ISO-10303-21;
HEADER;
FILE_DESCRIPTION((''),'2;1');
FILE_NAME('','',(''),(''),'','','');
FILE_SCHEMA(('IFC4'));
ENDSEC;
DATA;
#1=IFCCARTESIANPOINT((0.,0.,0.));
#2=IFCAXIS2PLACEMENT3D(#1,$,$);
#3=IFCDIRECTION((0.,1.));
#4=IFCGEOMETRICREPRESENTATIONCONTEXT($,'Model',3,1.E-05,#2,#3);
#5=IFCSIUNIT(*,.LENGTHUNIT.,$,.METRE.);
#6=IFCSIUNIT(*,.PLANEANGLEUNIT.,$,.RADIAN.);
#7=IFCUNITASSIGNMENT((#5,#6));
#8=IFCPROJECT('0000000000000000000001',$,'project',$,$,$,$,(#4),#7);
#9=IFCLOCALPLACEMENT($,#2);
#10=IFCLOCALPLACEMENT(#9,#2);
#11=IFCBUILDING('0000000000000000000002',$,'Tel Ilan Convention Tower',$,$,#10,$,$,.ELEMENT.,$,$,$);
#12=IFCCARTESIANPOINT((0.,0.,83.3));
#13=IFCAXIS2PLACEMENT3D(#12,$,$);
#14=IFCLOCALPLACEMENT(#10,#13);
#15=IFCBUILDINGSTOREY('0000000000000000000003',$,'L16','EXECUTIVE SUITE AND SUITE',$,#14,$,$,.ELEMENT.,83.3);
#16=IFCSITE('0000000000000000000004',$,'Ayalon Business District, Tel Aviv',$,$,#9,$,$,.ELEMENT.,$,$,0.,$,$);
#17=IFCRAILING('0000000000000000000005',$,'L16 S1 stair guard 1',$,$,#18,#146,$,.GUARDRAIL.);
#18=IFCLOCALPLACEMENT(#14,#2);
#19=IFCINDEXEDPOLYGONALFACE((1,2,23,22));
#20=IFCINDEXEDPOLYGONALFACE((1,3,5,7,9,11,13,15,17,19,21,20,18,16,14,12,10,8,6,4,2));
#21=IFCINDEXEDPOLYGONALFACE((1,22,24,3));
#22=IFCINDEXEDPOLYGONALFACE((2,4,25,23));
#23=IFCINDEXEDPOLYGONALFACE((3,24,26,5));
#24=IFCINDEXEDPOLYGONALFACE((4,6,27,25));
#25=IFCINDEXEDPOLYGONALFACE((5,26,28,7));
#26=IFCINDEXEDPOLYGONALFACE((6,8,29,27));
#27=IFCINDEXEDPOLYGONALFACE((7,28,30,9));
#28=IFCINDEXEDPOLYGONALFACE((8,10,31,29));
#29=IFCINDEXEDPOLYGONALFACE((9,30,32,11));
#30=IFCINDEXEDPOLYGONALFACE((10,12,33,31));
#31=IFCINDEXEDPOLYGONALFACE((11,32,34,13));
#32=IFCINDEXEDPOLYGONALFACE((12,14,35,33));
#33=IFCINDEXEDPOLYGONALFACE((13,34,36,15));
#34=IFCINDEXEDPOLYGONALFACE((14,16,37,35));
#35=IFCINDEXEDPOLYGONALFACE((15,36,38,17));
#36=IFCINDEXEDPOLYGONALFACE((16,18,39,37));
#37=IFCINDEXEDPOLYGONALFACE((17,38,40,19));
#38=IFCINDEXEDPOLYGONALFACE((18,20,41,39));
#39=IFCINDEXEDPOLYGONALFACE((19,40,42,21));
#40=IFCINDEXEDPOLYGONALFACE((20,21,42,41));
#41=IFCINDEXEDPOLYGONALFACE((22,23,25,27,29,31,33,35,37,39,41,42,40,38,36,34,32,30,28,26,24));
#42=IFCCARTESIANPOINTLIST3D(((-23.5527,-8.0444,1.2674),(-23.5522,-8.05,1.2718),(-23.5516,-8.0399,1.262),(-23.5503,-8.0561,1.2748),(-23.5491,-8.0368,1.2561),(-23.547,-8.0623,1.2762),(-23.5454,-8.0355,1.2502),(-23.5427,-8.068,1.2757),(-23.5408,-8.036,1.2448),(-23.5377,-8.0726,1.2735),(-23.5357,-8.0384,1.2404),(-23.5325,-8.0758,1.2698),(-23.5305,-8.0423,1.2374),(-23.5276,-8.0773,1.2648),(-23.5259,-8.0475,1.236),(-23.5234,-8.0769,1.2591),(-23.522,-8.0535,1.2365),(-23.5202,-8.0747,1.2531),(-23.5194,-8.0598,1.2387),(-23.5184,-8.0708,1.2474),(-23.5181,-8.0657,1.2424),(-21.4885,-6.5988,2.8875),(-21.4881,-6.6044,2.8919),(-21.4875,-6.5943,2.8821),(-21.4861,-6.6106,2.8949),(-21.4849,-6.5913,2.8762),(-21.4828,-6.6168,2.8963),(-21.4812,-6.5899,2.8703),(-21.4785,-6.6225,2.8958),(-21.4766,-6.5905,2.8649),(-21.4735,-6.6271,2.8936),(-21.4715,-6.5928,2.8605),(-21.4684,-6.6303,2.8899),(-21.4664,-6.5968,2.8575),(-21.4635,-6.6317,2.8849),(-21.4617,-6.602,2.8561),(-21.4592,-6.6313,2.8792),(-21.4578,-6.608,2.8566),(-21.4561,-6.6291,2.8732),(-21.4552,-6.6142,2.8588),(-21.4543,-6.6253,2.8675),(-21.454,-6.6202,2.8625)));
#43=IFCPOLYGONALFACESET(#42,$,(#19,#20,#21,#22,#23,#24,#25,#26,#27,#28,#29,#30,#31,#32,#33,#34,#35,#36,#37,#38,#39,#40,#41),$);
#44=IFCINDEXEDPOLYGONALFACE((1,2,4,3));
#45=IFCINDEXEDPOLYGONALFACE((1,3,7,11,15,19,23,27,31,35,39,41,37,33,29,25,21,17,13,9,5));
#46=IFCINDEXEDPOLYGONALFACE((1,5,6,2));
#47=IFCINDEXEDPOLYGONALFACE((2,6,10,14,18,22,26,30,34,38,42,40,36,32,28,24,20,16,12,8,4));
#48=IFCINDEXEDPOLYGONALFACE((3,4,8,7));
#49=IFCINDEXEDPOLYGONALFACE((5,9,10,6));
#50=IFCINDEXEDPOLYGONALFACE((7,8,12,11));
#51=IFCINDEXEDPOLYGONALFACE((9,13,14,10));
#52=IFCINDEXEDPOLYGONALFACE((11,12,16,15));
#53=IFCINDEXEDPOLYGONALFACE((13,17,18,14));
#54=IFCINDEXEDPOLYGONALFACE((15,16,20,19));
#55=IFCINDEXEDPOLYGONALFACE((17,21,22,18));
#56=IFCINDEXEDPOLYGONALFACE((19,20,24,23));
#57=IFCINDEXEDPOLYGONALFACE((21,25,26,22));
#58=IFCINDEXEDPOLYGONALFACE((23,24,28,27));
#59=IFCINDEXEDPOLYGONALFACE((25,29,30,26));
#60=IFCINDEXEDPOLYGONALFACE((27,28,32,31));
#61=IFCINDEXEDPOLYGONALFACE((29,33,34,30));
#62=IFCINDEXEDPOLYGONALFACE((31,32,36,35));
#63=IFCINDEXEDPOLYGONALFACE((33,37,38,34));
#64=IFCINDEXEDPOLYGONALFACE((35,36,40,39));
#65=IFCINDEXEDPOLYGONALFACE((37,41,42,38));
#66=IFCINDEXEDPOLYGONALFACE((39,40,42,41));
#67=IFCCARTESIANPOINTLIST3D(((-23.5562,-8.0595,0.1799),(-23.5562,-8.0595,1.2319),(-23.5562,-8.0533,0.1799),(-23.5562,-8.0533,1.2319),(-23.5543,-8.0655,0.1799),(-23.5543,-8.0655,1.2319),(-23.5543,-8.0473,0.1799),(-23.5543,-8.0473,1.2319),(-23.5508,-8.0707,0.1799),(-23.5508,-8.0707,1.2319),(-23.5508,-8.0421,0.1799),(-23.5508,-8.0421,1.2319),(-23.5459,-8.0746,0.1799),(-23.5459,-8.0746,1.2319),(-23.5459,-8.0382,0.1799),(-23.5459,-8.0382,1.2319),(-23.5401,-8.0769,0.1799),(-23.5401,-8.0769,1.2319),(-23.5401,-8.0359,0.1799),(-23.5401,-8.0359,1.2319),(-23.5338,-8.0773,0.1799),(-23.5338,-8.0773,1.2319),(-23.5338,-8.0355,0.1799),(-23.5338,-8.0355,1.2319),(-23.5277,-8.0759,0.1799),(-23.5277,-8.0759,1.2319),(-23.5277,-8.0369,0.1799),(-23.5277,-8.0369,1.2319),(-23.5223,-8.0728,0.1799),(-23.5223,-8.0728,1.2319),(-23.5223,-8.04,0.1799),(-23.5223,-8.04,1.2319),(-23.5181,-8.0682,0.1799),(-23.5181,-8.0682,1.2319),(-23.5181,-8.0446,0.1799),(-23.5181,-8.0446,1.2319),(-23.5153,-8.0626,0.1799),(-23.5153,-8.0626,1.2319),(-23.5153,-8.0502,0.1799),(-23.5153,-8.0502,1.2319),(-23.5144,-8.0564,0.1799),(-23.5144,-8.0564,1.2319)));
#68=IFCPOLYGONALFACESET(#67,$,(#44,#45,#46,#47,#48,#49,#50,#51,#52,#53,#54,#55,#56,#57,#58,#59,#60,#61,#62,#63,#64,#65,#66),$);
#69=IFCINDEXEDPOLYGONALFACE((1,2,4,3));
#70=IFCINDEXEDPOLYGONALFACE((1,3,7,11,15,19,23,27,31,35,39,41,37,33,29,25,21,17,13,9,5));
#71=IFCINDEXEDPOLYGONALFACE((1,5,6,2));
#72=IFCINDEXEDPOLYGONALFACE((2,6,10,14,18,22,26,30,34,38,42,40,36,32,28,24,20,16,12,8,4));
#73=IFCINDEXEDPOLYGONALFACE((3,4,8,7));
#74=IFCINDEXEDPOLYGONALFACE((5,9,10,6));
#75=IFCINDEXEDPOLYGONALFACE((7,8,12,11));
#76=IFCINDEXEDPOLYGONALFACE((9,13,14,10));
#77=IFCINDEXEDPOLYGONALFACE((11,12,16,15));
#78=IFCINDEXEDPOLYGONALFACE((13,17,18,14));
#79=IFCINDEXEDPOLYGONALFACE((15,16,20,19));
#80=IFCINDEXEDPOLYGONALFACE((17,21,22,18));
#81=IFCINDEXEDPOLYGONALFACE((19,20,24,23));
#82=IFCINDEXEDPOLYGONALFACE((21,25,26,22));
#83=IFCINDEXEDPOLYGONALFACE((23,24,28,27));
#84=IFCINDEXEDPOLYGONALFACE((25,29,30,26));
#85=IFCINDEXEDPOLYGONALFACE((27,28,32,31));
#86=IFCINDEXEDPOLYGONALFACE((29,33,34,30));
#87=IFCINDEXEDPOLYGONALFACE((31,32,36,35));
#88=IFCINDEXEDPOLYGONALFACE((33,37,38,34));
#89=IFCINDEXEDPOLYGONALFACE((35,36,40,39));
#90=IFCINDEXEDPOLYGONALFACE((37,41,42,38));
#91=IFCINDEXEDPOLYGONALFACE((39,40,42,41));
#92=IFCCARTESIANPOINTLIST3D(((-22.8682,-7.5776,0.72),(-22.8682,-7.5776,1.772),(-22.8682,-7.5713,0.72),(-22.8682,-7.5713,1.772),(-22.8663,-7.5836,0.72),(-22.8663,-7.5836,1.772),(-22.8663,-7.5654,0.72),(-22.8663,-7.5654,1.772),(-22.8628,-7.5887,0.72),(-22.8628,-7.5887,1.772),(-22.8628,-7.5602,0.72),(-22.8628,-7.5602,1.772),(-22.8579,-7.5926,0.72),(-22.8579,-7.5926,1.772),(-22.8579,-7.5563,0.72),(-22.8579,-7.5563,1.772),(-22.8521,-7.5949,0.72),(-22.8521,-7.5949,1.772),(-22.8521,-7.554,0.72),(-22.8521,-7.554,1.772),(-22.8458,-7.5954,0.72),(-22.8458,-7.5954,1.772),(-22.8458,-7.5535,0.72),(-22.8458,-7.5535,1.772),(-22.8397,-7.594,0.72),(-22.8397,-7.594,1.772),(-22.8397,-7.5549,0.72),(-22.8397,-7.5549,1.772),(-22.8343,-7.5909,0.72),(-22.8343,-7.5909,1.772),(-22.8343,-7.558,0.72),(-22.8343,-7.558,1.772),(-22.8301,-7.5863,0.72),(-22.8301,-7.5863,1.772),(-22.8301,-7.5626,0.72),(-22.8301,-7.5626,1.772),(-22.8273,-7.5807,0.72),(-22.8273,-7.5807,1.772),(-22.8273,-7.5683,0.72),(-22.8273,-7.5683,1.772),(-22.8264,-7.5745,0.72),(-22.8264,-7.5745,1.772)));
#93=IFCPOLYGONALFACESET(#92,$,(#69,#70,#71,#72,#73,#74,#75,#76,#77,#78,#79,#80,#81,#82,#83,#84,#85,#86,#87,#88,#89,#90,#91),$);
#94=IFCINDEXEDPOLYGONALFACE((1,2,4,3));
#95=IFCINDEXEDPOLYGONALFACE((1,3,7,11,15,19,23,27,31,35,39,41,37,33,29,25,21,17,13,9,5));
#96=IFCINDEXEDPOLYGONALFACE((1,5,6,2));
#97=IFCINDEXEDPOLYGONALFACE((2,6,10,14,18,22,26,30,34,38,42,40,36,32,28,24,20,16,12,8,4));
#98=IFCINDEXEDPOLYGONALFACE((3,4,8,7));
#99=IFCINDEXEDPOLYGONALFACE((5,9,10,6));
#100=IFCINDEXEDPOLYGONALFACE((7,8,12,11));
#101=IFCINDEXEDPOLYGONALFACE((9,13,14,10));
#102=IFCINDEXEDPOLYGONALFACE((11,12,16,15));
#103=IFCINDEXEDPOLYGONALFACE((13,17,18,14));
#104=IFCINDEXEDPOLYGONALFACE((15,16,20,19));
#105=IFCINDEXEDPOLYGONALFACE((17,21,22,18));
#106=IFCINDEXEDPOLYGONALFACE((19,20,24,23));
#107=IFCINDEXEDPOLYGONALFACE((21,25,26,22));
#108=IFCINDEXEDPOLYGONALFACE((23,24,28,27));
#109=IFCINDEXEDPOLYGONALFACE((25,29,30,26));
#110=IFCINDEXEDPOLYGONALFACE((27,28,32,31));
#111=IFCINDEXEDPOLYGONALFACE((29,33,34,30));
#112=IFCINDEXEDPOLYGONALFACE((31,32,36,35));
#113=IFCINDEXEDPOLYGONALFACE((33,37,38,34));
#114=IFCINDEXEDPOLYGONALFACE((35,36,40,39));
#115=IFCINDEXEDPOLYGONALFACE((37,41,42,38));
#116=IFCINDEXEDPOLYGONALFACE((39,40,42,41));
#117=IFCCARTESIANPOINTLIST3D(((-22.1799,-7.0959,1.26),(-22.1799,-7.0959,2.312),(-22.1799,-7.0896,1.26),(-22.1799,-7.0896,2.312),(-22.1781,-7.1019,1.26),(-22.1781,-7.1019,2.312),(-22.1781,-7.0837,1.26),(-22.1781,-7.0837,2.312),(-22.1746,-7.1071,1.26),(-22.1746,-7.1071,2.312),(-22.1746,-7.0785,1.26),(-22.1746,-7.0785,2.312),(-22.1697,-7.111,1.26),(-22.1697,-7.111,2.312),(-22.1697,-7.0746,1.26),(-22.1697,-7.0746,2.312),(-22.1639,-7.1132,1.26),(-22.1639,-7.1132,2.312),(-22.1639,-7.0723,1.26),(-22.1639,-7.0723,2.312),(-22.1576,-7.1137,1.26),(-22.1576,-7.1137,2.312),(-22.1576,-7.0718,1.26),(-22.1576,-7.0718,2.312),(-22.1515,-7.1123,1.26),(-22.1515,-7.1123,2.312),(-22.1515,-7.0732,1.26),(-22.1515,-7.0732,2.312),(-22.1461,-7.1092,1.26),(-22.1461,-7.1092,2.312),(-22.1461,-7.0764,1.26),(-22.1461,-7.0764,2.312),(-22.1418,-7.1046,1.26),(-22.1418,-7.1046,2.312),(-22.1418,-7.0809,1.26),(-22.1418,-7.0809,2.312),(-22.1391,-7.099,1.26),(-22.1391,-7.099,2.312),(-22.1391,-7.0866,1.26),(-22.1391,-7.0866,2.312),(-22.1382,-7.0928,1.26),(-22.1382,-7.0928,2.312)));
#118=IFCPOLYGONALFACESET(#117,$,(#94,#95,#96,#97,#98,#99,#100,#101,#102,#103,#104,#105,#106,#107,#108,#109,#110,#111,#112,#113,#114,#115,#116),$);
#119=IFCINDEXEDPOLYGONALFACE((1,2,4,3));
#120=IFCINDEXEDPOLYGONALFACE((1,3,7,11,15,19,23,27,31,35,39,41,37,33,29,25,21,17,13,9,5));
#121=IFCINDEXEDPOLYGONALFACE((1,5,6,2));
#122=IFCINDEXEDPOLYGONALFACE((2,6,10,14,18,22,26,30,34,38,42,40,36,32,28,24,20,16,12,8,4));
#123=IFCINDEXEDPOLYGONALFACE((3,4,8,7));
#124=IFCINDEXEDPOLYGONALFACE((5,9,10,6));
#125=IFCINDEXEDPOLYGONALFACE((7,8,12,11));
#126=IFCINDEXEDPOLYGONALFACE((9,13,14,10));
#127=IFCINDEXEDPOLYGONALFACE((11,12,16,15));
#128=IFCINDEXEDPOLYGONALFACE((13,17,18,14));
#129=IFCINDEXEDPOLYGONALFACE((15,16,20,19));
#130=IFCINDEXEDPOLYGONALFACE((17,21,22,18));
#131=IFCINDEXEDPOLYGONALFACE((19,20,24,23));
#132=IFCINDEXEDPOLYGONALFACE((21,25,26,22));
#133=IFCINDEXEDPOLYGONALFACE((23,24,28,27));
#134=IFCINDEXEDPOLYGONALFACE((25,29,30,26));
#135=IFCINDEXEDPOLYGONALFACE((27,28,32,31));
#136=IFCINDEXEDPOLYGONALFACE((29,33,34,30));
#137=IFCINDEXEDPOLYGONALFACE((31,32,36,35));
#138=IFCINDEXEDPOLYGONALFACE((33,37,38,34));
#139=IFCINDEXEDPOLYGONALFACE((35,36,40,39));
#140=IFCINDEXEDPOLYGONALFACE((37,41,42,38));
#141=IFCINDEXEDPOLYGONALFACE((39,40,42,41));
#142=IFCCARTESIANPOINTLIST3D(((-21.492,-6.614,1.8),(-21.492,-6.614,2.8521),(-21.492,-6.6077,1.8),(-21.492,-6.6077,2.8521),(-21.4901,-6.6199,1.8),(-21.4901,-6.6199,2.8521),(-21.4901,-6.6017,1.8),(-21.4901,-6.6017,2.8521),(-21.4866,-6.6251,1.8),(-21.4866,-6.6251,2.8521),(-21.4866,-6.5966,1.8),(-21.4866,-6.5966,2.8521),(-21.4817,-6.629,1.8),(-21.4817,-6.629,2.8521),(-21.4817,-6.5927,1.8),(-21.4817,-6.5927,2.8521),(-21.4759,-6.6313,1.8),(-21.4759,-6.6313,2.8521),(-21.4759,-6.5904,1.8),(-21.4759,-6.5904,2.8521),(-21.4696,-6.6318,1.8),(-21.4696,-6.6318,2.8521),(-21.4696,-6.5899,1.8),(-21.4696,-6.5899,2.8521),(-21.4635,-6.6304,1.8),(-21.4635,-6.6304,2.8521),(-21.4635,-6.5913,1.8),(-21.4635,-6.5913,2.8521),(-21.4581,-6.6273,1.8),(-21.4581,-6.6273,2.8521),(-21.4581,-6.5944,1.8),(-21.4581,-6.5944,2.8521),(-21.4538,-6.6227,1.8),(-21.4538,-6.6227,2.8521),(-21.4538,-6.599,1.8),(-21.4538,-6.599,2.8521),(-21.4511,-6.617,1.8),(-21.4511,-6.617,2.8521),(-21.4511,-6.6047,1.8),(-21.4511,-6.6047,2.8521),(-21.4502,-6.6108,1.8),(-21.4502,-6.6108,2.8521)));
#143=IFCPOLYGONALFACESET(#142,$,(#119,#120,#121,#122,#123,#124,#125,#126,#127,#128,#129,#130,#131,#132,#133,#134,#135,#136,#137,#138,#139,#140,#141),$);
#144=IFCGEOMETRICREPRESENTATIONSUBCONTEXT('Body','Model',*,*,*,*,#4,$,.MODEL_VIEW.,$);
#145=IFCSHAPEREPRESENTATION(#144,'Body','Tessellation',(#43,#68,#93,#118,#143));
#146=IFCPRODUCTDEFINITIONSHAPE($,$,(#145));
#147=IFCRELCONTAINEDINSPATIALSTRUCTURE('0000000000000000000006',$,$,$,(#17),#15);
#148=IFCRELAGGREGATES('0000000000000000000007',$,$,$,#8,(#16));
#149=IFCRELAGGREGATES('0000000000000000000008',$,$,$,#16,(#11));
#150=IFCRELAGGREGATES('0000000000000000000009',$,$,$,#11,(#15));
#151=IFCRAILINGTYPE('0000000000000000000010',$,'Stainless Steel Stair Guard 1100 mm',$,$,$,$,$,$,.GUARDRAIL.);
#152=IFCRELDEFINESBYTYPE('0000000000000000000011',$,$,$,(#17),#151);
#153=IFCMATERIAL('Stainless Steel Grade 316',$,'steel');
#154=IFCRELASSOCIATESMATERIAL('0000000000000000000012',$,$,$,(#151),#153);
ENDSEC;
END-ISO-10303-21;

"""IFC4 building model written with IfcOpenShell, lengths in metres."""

from ifc_helpers import new_model, si_unit, direction, frame, origin, origin_2d, place, context, subcontext, project, spatial, circle, extrude, material, type_object, element, save


model = new_model("IFC4")

# Units and contexts
model_context = context("Model", 3, precision=1e-05, world=origin(), true_north=direction((0.0, 1.0)))
body_context = subcontext(model_context, "Body", "Model", "MODEL_VIEW")
ifc_project = project(units=[si_unit("LENGTHUNIT", "METRE"), si_unit("PLANEANGLEUNIT", "RADIAN")], contexts=[model_context])

# Site, building, storey
site_placement = place(None, origin())
site = spatial("IfcSite", under=ifc_project, at=site_placement, Name="Ayalon Business District, Tel Aviv", CompositionType="ELEMENT", RefElevation=0.0)
building_placement = place(site_placement, origin())
building = spatial("IfcBuilding", under=site, at=building_placement, Name="Tel Ilan Convention Tower", CompositionType="ELEMENT")
storey_placement = place(building_placement, frame((0.0, 0.0, 83.3)))
storey = spatial("IfcBuildingStorey", under=building, at=storey_placement, Name="L16", Description="EXECUTIVE SUITE AND SUITE", CompositionType="ELEMENT", Elevation=83.3)

# Railing
ifc_material_1 = material(Name="Stainless Steel Grade 316", Category="steel")
railing_type_1 = type_object("IfcRailingType", Name="Stainless Steel Stair Guard 1100 mm", PredefinedType="GUARDRAIL", material=ifc_material_1)
railing_1_placement = place(storey_placement, frame((-23.5354, -8.0564, 0.1799)))
element("IfcRailing", 1, at=railing_1_placement, inside=storey, type_object=railing_type_1, Name="L16 S1 stair guard 1", PredefinedType="GUARDRAIL", context=body_context, shape_type="SweptSolid", body=[
    extrude(circle(Radius=0.0239, at=origin_2d()), frame((0.0, 0.0, 1.0762), z_axis=(0.689013, 0.482513, 0.540779), x_axis=(-0.573625, 0.819118, 0.0)), (0.0, 0.0, 1.0), 2.9958),
    extrude(circle(Radius=0.021, at=origin_2d()), origin(), (0.0, 0.0, 1.0), 1.052),
    extrude(circle(Radius=0.021, at=origin_2d()), frame((0.688, 0.4819, 0.54)), (0.0, 0.0, 1.0), 1.052),
    extrude(circle(Radius=0.021, at=origin_2d()), frame((1.3762, 0.9636, 1.0801)), (0.0, 0.0, 1.0), 1.052),
    extrude(circle(Radius=0.021, at=origin_2d()), frame((2.0642, 1.4456, 1.6201)), (0.0, 0.0, 1.0), 1.052),
])

save(model, "model.ifc")
